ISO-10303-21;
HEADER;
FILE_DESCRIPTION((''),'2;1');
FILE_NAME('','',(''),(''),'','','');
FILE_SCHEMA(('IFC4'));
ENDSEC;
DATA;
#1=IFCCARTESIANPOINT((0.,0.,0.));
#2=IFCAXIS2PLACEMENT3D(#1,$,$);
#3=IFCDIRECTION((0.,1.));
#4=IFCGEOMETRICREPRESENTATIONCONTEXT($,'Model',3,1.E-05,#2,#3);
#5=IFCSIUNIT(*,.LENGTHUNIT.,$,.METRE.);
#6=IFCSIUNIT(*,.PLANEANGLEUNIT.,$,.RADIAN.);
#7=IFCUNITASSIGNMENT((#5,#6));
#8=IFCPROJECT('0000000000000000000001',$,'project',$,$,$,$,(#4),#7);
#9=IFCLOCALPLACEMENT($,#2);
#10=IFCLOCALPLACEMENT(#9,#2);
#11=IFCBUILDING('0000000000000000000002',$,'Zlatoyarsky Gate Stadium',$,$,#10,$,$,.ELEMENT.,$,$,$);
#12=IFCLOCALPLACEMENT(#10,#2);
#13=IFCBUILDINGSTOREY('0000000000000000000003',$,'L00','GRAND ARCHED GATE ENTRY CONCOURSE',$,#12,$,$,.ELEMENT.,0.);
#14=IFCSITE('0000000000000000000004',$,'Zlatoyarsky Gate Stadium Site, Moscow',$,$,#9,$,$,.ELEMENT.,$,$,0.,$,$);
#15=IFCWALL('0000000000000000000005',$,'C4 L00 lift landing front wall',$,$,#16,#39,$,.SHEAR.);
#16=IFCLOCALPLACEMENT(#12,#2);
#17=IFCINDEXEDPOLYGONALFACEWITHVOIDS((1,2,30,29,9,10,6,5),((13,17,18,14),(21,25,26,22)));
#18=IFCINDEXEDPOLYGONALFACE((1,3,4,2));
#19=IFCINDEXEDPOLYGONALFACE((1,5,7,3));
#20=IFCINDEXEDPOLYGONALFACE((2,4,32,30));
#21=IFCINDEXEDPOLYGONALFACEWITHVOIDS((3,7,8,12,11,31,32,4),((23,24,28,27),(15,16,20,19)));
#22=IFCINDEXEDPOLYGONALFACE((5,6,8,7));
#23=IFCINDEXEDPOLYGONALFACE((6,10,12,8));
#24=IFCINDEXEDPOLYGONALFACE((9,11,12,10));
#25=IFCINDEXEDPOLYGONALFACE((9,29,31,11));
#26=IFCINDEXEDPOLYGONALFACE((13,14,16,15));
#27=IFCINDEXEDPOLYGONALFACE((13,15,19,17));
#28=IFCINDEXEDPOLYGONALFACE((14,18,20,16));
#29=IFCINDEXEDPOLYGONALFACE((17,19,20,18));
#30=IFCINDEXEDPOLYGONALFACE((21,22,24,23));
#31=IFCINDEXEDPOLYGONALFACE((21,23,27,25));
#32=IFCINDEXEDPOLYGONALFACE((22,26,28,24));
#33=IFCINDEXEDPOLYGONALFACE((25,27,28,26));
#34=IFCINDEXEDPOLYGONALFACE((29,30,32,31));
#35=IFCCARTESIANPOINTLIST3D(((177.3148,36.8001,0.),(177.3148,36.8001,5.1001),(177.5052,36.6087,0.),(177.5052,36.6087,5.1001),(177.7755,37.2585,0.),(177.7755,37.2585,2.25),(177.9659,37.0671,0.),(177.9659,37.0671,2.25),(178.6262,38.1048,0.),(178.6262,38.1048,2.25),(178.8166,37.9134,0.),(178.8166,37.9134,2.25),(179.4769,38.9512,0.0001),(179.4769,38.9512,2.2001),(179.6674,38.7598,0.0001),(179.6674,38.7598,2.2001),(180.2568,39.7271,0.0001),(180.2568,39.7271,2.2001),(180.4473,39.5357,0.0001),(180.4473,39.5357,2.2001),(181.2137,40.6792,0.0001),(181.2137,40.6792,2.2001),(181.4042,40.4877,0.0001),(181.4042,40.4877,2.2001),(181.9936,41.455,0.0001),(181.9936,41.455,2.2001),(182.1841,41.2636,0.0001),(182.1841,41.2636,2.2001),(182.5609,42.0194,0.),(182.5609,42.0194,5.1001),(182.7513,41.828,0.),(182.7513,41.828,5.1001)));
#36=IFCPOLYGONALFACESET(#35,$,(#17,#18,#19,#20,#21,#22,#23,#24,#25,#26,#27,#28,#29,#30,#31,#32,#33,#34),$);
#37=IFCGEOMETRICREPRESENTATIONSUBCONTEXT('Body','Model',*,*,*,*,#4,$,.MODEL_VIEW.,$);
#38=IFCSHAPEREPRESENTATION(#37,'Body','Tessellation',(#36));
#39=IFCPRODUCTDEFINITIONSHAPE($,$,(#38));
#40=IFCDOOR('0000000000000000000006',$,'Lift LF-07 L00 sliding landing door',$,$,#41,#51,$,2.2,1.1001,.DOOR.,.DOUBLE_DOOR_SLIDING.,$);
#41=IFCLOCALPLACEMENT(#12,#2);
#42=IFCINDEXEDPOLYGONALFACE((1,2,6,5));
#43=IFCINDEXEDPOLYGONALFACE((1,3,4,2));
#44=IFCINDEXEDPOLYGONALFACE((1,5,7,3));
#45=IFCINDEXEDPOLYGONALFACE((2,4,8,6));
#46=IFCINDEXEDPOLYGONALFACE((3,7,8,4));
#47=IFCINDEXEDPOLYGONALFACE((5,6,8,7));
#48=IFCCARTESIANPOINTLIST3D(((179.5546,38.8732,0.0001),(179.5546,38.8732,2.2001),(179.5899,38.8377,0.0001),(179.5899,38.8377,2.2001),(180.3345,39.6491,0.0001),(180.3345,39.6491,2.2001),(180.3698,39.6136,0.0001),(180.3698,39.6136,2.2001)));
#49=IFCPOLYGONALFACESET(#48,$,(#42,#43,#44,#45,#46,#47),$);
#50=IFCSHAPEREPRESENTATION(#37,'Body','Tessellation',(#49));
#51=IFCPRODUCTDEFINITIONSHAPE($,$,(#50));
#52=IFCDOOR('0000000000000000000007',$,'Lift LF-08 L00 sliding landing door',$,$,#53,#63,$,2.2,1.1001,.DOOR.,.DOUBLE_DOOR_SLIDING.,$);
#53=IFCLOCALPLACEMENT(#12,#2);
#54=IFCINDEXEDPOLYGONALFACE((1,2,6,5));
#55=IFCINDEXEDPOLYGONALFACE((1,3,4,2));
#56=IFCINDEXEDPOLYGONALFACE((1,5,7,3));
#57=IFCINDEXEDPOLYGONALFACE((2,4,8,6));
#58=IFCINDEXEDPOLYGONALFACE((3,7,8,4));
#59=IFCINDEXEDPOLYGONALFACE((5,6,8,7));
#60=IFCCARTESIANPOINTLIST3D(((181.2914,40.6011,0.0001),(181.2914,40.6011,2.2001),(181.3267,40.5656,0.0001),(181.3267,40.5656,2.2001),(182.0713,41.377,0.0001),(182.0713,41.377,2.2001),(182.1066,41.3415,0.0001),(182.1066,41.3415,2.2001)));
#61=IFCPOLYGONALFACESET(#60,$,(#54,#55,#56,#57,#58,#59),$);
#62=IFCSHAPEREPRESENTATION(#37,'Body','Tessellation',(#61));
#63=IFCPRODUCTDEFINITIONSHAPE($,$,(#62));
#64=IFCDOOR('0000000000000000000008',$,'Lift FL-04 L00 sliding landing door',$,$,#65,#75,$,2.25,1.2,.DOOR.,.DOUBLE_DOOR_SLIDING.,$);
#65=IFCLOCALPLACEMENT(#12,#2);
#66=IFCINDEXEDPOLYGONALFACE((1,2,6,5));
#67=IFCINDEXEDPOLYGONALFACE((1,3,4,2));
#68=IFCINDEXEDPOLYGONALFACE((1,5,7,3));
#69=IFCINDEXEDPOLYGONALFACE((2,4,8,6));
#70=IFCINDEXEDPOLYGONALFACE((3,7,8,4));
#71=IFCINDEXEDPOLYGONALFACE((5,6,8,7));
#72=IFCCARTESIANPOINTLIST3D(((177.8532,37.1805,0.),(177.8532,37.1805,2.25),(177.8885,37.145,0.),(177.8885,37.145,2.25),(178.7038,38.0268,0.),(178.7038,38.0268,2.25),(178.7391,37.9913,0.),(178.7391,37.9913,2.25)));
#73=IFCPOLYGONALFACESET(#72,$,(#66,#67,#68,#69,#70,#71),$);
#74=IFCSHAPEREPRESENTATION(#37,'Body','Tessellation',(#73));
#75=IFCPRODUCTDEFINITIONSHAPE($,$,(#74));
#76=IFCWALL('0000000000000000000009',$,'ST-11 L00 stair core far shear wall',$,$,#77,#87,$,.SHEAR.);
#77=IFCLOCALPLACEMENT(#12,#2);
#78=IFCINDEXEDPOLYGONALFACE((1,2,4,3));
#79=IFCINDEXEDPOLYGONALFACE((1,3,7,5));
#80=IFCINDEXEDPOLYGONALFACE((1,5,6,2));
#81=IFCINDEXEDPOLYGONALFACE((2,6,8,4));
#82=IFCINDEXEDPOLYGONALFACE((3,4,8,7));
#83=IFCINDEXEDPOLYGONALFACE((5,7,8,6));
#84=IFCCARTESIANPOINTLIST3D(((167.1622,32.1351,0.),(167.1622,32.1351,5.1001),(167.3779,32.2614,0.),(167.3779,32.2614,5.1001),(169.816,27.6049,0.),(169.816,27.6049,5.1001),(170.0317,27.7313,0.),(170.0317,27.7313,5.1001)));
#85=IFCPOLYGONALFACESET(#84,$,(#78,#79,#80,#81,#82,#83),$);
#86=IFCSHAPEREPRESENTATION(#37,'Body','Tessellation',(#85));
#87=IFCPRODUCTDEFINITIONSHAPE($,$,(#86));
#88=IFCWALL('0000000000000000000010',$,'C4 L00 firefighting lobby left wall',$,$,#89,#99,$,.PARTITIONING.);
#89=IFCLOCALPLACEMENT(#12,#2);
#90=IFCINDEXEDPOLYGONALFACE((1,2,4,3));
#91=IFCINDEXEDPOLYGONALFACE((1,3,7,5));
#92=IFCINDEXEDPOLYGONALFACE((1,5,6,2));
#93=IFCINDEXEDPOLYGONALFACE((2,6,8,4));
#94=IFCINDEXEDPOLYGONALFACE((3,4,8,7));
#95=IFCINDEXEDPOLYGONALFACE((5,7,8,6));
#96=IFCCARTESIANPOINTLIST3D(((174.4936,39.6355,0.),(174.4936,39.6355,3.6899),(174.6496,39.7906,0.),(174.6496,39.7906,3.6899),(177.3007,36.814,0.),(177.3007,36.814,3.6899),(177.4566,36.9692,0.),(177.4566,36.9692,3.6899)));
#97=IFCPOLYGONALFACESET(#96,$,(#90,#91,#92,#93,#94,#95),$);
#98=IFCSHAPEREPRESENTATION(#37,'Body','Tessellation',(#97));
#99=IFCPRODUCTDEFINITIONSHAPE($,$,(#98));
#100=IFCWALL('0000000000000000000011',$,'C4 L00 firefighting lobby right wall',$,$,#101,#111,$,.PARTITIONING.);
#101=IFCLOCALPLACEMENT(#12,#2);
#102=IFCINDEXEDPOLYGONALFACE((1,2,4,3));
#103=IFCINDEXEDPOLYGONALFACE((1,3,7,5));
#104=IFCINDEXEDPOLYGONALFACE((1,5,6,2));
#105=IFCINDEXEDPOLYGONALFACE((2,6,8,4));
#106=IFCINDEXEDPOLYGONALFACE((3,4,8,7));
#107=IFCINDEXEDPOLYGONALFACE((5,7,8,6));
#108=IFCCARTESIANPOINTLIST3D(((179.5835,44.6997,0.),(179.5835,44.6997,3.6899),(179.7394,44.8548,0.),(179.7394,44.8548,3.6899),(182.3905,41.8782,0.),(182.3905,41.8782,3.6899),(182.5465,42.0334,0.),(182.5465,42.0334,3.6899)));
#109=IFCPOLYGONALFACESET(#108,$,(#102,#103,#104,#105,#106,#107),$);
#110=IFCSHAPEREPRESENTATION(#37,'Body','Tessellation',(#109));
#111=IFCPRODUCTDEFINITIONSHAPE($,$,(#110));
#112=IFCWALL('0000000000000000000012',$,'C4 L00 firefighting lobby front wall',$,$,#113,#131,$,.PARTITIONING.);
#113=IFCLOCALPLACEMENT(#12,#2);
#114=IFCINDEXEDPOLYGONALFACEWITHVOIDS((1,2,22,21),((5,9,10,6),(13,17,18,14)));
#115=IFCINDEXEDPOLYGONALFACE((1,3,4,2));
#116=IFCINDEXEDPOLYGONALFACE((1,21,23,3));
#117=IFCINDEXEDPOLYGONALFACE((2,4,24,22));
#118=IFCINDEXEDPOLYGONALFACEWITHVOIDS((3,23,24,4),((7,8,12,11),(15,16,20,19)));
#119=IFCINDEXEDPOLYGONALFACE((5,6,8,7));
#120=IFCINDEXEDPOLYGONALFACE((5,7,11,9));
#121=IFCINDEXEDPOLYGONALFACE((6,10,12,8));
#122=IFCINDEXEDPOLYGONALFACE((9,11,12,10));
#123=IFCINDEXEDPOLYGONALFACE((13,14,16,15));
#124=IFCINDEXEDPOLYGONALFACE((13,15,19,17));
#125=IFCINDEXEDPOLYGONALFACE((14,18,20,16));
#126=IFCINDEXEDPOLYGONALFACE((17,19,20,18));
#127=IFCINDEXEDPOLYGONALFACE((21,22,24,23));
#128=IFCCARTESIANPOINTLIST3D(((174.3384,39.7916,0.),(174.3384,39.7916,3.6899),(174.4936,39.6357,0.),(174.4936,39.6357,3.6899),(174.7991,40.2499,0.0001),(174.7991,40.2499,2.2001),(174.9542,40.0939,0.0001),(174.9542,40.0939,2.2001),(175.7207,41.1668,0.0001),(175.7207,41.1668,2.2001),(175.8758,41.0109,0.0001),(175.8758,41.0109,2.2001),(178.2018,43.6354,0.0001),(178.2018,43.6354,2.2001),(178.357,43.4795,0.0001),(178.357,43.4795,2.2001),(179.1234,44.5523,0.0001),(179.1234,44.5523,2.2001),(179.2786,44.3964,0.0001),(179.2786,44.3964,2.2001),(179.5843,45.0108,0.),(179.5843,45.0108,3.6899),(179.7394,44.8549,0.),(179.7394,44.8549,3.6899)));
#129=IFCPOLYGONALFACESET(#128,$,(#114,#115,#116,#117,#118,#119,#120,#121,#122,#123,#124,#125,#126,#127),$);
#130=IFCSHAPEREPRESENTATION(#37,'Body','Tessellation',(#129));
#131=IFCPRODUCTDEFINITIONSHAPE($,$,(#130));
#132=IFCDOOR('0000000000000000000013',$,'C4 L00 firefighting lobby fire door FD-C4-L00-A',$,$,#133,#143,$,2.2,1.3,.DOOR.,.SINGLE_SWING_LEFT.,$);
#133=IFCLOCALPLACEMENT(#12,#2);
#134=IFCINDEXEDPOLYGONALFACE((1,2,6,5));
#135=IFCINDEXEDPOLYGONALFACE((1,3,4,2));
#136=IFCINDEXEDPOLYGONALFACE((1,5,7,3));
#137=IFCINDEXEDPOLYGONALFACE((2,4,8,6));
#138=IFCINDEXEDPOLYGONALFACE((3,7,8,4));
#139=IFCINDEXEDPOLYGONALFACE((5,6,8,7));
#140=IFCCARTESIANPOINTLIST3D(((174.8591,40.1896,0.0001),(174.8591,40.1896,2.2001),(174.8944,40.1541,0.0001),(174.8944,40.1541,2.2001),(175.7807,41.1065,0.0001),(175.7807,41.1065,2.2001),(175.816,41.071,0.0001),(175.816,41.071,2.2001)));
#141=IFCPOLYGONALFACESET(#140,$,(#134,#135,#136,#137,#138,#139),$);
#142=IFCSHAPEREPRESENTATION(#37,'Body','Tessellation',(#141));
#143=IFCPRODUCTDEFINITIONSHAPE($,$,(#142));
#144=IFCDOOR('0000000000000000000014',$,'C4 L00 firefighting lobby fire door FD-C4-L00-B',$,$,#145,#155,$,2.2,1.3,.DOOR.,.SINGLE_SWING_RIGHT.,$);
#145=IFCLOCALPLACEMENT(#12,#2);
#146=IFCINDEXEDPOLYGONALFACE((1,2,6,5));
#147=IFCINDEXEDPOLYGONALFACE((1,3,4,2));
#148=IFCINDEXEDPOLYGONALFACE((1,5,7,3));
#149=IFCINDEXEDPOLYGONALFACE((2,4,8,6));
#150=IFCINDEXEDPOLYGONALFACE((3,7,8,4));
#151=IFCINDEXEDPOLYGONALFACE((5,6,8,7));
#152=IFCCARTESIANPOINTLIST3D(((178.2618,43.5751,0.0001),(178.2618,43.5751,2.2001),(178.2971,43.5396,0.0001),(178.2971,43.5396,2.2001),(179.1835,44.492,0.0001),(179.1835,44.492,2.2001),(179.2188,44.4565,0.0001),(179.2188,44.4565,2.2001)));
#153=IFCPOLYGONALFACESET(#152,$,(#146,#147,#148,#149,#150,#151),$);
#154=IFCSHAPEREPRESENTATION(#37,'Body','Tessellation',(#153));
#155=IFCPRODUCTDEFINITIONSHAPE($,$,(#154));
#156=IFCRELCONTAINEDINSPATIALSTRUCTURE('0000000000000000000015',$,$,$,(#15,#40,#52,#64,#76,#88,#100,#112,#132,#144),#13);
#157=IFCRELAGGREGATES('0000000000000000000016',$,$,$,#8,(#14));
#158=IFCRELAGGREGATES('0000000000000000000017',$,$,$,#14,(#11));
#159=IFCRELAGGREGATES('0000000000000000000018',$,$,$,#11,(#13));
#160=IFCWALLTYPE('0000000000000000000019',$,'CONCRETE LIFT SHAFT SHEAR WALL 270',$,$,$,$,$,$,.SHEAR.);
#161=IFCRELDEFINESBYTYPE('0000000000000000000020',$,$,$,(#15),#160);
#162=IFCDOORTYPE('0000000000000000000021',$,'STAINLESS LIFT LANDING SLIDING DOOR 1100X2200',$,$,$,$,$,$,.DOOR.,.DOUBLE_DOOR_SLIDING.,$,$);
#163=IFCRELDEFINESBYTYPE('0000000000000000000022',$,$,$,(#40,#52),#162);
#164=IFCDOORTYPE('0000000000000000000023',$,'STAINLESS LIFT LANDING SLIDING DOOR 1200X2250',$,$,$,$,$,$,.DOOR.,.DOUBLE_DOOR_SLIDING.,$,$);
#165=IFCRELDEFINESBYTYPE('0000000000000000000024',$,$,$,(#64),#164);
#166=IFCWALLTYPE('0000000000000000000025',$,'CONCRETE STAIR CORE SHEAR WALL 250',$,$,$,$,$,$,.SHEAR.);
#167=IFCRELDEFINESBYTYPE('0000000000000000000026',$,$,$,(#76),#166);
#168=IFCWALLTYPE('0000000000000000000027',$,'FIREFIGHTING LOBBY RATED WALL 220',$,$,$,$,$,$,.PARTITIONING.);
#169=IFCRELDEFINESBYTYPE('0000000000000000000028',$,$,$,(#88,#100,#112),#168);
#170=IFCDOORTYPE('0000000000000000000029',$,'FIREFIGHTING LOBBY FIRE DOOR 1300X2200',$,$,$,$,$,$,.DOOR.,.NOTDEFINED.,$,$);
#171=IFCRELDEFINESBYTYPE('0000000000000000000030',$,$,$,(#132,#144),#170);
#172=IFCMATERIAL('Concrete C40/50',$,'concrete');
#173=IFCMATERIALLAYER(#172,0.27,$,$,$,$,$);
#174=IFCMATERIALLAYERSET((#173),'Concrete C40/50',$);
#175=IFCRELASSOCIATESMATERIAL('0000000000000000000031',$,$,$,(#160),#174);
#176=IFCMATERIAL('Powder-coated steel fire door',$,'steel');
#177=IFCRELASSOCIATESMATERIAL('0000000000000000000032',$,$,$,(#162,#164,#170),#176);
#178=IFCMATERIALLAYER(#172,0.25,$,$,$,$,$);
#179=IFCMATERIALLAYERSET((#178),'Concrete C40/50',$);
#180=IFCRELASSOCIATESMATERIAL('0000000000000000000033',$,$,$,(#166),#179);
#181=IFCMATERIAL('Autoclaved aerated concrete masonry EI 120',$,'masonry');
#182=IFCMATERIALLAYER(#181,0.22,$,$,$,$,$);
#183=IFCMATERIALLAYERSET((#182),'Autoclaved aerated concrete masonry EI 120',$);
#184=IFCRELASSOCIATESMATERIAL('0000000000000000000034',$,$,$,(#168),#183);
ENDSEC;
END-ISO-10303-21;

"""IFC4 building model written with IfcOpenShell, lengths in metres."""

from ifc_helpers import new_model, si_unit, direction, frame, frame_2d, origin, place, context, subcontext, project, spatial, rectangle, extrude, material, layer, layer_set, type_object, element, fill, save


model = new_model("IFC4")

# Units and contexts
model_context = context("Model", 3, precision=1e-05, world=origin(), true_north=direction((0.0, 1.0)))
body_context = subcontext(model_context, "Body", "Model", "MODEL_VIEW")
ifc_project = project(units=[si_unit("LENGTHUNIT", "METRE"), si_unit("PLANEANGLEUNIT", "RADIAN")], contexts=[model_context])

# Site, building, storey
site_placement = place(None, origin())
site = spatial("IfcSite", under=ifc_project, at=site_placement, Name="Zlatoyarsky Gate Stadium Site, Moscow", CompositionType="ELEMENT", RefElevation=0.0)
building_placement = place(site_placement, origin())
building = spatial("IfcBuilding", under=site, at=building_placement, Name="Zlatoyarsky Gate Stadium", CompositionType="ELEMENT")
storey_placement = place(building_placement, origin())
storey = spatial("IfcBuildingStorey", under=building, at=storey_placement, Name="L00", Description="GRAND ARCHED GATE ENTRY CONCOURSE", CompositionType="ELEMENT", Elevation=0.0)

# Shared definitions
ifc_material_1 = material(Name="Concrete C40/50", Category="concrete")

# Shared definitions
ifc_layer_1 = layer(ifc_material_1, 0.27)
ifc_layer_set_1 = layer_set([ifc_layer_1], Name="Concrete C40/50")
wall_type_1 = type_object("IfcWallType", Name="CONCRETE LIFT SHAFT SHEAR WALL 270", PredefinedType="SHEAR", material=ifc_layer_set_1)

# Wall, openings, doors
wall_1_placement = place(storey_placement, frame((177.4099, 36.7043, 0.0), z_axis=(0.0, 0.0, 1.0), x_axis=(0.708919, 0.70529, 0.0)))
wall_1 = element("IfcWall", 1, at=wall_1_placement, inside=storey, type_object=wall_type_1, Name="C4 L00 lift landing front wall", PredefinedType="SHEAR", context=body_context, shape_type="SweptSolid", body=[
    extrude(rectangle(XDim=7.4001, YDim=0.27, at=frame_2d((3.7002, 0.0))), origin(), (0.0, 0.0, 1.0), 5.1001),
])
opening_1_placement = place(wall_1_placement, frame((0.6499, 0.0, 0.0)))
opening_1 = element("IfcOpeningElement", 2, at=opening_1_placement, cuts=wall_1, PredefinedType="OPENING", context=body_context, shape_type="SweptSolid", body=[
    extrude(rectangle(XDim=1.2, YDim=2.25, at=frame_2d((0.6001, 1.125))), frame((0.0, 0.145, 0.0), z_axis=(0.0, -1.0, 0.0), x_axis=(1.0, 0.0, 0.0)), (0.0, 0.0, 1.0), 0.29),
])
opening_2_placement = place(wall_1_placement, frame((3.05, 0.0, 0.0)))
opening_2 = element("IfcOpeningElement", 3, at=opening_2_placement, cuts=wall_1, PredefinedType="OPENING", context=body_context, shape_type="SweptSolid", body=[
    extrude(rectangle(XDim=1.1001, YDim=2.2, at=frame_2d((0.55, 1.1001))), frame((0.0, 0.145, 0.0), z_axis=(0.0, -1.0, 0.0), x_axis=(1.0, 0.0, 0.0)), (0.0, 0.0, 1.0), 0.29),
])
opening_3_placement = place(wall_1_placement, frame((5.5, 0.0, 0.0)))
opening_3 = element("IfcOpeningElement", 4, at=opening_3_placement, cuts=wall_1, PredefinedType="OPENING", context=body_context, shape_type="SweptSolid", body=[
    extrude(rectangle(XDim=1.1001, YDim=2.2, at=frame_2d((0.55, 1.1001))), frame((0.0, 0.145, 0.0), z_axis=(0.0, -1.0, 0.0), x_axis=(1.0, 0.0, 0.0)), (0.0, 0.0, 1.0), 0.29),
])
ifc_material_2 = material(Name="Powder-coated steel fire door", Category="steel")
door_type_1 = type_object("IfcDoorType", Name="STAINLESS LIFT LANDING SLIDING DOOR 1100X2200", OperationType="DOUBLE_DOOR_SLIDING", PredefinedType="DOOR", material=ifc_material_2)
door_1_placement = place(opening_2_placement, origin())
door_1 = element("IfcDoor", 5, at=door_1_placement, inside=storey, type_object=door_type_1, Name="Lift LF-07 L00 sliding landing door", OperationType="DOUBLE_DOOR_SLIDING", OverallHeight=2.2, OverallWidth=1.1001, PredefinedType="DOOR", context=body_context, shape_type="SweptSolid", body=[
    extrude(rectangle(XDim=1.1001, YDim=2.2, at=frame_2d((0.55, 1.1001))), frame((0.0, 0.0249, 0.0), z_axis=(0.0, -1.0, 0.0), x_axis=(1.0, 0.0, 0.0)), (0.0, 0.0, 1.0), 0.05),
])
fill(opening_2, door_1)
door_2_placement = place(opening_3_placement, origin())
door_2 = element("IfcDoor", 6, at=door_2_placement, inside=storey, type_object=door_type_1, Name="Lift LF-08 L00 sliding landing door", OperationType="DOUBLE_DOOR_SLIDING", OverallHeight=2.2, OverallWidth=1.1001, PredefinedType="DOOR", context=body_context, shape_type="SweptSolid", body=[
    extrude(rectangle(XDim=1.1001, YDim=2.2, at=frame_2d((0.55, 1.1001))), frame((0.0, 0.0249, 0.0), z_axis=(0.0, -1.0, 0.0), x_axis=(1.0, 0.0, 0.0)), (0.0, 0.0, 1.0), 0.05),
])
fill(opening_3, door_2)
door_type_2 = type_object("IfcDoorType", Name="STAINLESS LIFT LANDING SLIDING DOOR 1200X2250", OperationType="DOUBLE_DOOR_SLIDING", PredefinedType="DOOR", material=ifc_material_2)
door_3_placement = place(opening_1_placement, origin())
door_3 = element("IfcDoor", 7, at=door_3_placement, inside=storey, type_object=door_type_2, Name="Lift FL-04 L00 sliding landing door", OperationType="DOUBLE_DOOR_SLIDING", OverallHeight=2.25, OverallWidth=1.2, PredefinedType="DOOR", context=body_context, shape_type="SweptSolid", body=[
    extrude(rectangle(XDim=1.2, YDim=2.25, at=frame_2d((0.6001, 1.125))), frame((0.0, 0.0249, 0.0), z_axis=(0.0, -1.0, 0.0), x_axis=(1.0, 0.0, 0.0)), (0.0, 0.0, 1.0), 0.05),
])
fill(opening_1, door_3)

# Walls
ifc_layer_2 = layer(ifc_material_1, 0.25)
ifc_layer_set_2 = layer_set([ifc_layer_2], Name="Concrete C40/50")
wall_type_2 = type_object("IfcWallType", Name="CONCRETE STAIR CORE SHEAR WALL 250", PredefinedType="SHEAR", material=ifc_layer_set_2)
wall_2_placement = place(storey_placement, frame((169.9238, 27.6682, 0.0), z_axis=(0.0, 0.0, 1.0), x_axis=(-0.505475, 0.862841, 0.0)))
element("IfcWall", 8, at=wall_2_placement, inside=storey, type_object=wall_type_2, Name="ST-11 L00 stair core far shear wall", PredefinedType="SHEAR", context=body_context, shape_type="SweptSolid", body=[
    extrude(rectangle(XDim=5.2502, YDim=0.25, at=frame_2d((2.625, 0.0))), origin(), (0.0, 0.0, 1.0), 5.1001),
])
ifc_material_3 = material(Name="Autoclaved aerated concrete masonry EI 120", Category="masonry")
ifc_layer_3 = layer(ifc_material_3, 0.22)
ifc_layer_set_3 = layer_set([ifc_layer_3], Name="Autoclaved aerated concrete masonry EI 120")
wall_type_3 = type_object("IfcWallType", Name="FIREFIGHTING LOBBY RATED WALL 220", PredefinedType="PARTITIONING", material=ifc_layer_set_3)
for number, where, z_axis, x_axis, name in (
    (9, (177.3787, 36.8916, 0.0), (0.0, 0.0, 1.0), (-0.705295, 0.708914, 0.0), "C4 L00 firefighting lobby left wall"),
    (10, (182.4685, 41.9558, 0.0), (0.0, 0.0, 1.0), (-0.705295, 0.708914, 0.0), "C4 L00 firefighting lobby right wall"),
):
    element("IfcWall", number, at=place(storey_placement, frame(where, z_axis=z_axis, x_axis=x_axis)), inside=storey, type_object=wall_type_3, Name=name, PredefinedType="PARTITIONING", context=body_context, shape_type="SweptSolid", body=[
        extrude(rectangle(XDim=3.98, YDim=0.22, at=frame_2d((1.99, 0.0))), origin(), (0.0, 0.0, 1.0), 3.6899),
    ])

# Wall, openings, doors
wall_3_placement = place(storey_placement, frame((174.416, 39.7136, 0.0), z_axis=(0.0, 0.0, 1.0), x_axis=(0.708903, 0.705306, 0.0)))
wall_3 = element("IfcWall", 11, at=wall_3_placement, inside=storey, type_object=wall_type_3, Name="C4 L00 firefighting lobby front wall", PredefinedType="PARTITIONING", context=body_context, shape_type="SweptSolid", body=[
    extrude(rectangle(XDim=7.3999, YDim=0.22, at=frame_2d((3.7, 0.0))), origin(), (0.0, 0.0, 1.0), 3.6899),
])
opening_4_placement = place(wall_3_placement, frame((0.6499, 0.0, 0.0)))
opening_4 = element("IfcOpeningElement", 12, at=opening_4_placement, cuts=wall_3, PredefinedType="OPENING", context=body_context, shape_type="SweptSolid", body=[
    extrude(rectangle(XDim=1.3, YDim=2.2, at=frame_2d((0.6499, 1.1001))), frame((0.0, 0.1199, 0.0), z_axis=(0.0, -1.0, 0.0), x_axis=(1.0, 0.0, 0.0)), (0.0, 0.0, 1.0), 0.24),
])
opening_5_placement = place(wall_3_placement, frame((5.45, 0.0, 0.0)))
opening_5 = element("IfcOpeningElement", 13, at=opening_5_placement, cuts=wall_3, PredefinedType="OPENING", context=body_context, shape_type="SweptSolid", body=[
    extrude(rectangle(XDim=1.3, YDim=2.2, at=frame_2d((0.6499, 1.1001))), frame((0.0, 0.1199, 0.0), z_axis=(0.0, -1.0, 0.0), x_axis=(1.0, 0.0, 0.0)), (0.0, 0.0, 1.0), 0.24),
])
door_type_3 = type_object("IfcDoorType", Name="FIREFIGHTING LOBBY FIRE DOOR 1300X2200", OperationType="NOTDEFINED", PredefinedType="DOOR", material=ifc_material_2)
door_4_placement = place(opening_4_placement, origin())
door_4 = element("IfcDoor", 14, at=door_4_placement, inside=storey, type_object=door_type_3, Name="C4 L00 firefighting lobby fire door FD-C4-L00-A", OperationType="SINGLE_SWING_LEFT", OverallHeight=2.2, OverallWidth=1.3, PredefinedType="DOOR", context=body_context, shape_type="SweptSolid", body=[
    extrude(rectangle(XDim=1.3, YDim=2.2, at=frame_2d((0.6499, 1.1001))), frame((0.0, 0.0249, 0.0), z_axis=(0.0, -1.0, 0.0), x_axis=(1.0, 0.0, 0.0)), (0.0, 0.0, 1.0), 0.05),
])
fill(opening_4, door_4)
door_5_placement = place(opening_5_placement, origin())
door_5 = element("IfcDoor", 15, at=door_5_placement, inside=storey, type_object=door_type_3, Name="C4 L00 firefighting lobby fire door FD-C4-L00-B", OperationType="SINGLE_SWING_RIGHT", OverallHeight=2.2, OverallWidth=1.3, PredefinedType="DOOR", context=body_context, shape_type="SweptSolid", body=[
    extrude(rectangle(XDim=1.3, YDim=2.2, at=frame_2d((0.6499, 1.1001))), frame((0.0, 0.0249, 0.0), z_axis=(0.0, -1.0, 0.0), x_axis=(1.0, 0.0, 0.0)), (0.0, 0.0, 1.0), 0.05),
])
fill(opening_5, door_5)

save(model, "model.ifc")
